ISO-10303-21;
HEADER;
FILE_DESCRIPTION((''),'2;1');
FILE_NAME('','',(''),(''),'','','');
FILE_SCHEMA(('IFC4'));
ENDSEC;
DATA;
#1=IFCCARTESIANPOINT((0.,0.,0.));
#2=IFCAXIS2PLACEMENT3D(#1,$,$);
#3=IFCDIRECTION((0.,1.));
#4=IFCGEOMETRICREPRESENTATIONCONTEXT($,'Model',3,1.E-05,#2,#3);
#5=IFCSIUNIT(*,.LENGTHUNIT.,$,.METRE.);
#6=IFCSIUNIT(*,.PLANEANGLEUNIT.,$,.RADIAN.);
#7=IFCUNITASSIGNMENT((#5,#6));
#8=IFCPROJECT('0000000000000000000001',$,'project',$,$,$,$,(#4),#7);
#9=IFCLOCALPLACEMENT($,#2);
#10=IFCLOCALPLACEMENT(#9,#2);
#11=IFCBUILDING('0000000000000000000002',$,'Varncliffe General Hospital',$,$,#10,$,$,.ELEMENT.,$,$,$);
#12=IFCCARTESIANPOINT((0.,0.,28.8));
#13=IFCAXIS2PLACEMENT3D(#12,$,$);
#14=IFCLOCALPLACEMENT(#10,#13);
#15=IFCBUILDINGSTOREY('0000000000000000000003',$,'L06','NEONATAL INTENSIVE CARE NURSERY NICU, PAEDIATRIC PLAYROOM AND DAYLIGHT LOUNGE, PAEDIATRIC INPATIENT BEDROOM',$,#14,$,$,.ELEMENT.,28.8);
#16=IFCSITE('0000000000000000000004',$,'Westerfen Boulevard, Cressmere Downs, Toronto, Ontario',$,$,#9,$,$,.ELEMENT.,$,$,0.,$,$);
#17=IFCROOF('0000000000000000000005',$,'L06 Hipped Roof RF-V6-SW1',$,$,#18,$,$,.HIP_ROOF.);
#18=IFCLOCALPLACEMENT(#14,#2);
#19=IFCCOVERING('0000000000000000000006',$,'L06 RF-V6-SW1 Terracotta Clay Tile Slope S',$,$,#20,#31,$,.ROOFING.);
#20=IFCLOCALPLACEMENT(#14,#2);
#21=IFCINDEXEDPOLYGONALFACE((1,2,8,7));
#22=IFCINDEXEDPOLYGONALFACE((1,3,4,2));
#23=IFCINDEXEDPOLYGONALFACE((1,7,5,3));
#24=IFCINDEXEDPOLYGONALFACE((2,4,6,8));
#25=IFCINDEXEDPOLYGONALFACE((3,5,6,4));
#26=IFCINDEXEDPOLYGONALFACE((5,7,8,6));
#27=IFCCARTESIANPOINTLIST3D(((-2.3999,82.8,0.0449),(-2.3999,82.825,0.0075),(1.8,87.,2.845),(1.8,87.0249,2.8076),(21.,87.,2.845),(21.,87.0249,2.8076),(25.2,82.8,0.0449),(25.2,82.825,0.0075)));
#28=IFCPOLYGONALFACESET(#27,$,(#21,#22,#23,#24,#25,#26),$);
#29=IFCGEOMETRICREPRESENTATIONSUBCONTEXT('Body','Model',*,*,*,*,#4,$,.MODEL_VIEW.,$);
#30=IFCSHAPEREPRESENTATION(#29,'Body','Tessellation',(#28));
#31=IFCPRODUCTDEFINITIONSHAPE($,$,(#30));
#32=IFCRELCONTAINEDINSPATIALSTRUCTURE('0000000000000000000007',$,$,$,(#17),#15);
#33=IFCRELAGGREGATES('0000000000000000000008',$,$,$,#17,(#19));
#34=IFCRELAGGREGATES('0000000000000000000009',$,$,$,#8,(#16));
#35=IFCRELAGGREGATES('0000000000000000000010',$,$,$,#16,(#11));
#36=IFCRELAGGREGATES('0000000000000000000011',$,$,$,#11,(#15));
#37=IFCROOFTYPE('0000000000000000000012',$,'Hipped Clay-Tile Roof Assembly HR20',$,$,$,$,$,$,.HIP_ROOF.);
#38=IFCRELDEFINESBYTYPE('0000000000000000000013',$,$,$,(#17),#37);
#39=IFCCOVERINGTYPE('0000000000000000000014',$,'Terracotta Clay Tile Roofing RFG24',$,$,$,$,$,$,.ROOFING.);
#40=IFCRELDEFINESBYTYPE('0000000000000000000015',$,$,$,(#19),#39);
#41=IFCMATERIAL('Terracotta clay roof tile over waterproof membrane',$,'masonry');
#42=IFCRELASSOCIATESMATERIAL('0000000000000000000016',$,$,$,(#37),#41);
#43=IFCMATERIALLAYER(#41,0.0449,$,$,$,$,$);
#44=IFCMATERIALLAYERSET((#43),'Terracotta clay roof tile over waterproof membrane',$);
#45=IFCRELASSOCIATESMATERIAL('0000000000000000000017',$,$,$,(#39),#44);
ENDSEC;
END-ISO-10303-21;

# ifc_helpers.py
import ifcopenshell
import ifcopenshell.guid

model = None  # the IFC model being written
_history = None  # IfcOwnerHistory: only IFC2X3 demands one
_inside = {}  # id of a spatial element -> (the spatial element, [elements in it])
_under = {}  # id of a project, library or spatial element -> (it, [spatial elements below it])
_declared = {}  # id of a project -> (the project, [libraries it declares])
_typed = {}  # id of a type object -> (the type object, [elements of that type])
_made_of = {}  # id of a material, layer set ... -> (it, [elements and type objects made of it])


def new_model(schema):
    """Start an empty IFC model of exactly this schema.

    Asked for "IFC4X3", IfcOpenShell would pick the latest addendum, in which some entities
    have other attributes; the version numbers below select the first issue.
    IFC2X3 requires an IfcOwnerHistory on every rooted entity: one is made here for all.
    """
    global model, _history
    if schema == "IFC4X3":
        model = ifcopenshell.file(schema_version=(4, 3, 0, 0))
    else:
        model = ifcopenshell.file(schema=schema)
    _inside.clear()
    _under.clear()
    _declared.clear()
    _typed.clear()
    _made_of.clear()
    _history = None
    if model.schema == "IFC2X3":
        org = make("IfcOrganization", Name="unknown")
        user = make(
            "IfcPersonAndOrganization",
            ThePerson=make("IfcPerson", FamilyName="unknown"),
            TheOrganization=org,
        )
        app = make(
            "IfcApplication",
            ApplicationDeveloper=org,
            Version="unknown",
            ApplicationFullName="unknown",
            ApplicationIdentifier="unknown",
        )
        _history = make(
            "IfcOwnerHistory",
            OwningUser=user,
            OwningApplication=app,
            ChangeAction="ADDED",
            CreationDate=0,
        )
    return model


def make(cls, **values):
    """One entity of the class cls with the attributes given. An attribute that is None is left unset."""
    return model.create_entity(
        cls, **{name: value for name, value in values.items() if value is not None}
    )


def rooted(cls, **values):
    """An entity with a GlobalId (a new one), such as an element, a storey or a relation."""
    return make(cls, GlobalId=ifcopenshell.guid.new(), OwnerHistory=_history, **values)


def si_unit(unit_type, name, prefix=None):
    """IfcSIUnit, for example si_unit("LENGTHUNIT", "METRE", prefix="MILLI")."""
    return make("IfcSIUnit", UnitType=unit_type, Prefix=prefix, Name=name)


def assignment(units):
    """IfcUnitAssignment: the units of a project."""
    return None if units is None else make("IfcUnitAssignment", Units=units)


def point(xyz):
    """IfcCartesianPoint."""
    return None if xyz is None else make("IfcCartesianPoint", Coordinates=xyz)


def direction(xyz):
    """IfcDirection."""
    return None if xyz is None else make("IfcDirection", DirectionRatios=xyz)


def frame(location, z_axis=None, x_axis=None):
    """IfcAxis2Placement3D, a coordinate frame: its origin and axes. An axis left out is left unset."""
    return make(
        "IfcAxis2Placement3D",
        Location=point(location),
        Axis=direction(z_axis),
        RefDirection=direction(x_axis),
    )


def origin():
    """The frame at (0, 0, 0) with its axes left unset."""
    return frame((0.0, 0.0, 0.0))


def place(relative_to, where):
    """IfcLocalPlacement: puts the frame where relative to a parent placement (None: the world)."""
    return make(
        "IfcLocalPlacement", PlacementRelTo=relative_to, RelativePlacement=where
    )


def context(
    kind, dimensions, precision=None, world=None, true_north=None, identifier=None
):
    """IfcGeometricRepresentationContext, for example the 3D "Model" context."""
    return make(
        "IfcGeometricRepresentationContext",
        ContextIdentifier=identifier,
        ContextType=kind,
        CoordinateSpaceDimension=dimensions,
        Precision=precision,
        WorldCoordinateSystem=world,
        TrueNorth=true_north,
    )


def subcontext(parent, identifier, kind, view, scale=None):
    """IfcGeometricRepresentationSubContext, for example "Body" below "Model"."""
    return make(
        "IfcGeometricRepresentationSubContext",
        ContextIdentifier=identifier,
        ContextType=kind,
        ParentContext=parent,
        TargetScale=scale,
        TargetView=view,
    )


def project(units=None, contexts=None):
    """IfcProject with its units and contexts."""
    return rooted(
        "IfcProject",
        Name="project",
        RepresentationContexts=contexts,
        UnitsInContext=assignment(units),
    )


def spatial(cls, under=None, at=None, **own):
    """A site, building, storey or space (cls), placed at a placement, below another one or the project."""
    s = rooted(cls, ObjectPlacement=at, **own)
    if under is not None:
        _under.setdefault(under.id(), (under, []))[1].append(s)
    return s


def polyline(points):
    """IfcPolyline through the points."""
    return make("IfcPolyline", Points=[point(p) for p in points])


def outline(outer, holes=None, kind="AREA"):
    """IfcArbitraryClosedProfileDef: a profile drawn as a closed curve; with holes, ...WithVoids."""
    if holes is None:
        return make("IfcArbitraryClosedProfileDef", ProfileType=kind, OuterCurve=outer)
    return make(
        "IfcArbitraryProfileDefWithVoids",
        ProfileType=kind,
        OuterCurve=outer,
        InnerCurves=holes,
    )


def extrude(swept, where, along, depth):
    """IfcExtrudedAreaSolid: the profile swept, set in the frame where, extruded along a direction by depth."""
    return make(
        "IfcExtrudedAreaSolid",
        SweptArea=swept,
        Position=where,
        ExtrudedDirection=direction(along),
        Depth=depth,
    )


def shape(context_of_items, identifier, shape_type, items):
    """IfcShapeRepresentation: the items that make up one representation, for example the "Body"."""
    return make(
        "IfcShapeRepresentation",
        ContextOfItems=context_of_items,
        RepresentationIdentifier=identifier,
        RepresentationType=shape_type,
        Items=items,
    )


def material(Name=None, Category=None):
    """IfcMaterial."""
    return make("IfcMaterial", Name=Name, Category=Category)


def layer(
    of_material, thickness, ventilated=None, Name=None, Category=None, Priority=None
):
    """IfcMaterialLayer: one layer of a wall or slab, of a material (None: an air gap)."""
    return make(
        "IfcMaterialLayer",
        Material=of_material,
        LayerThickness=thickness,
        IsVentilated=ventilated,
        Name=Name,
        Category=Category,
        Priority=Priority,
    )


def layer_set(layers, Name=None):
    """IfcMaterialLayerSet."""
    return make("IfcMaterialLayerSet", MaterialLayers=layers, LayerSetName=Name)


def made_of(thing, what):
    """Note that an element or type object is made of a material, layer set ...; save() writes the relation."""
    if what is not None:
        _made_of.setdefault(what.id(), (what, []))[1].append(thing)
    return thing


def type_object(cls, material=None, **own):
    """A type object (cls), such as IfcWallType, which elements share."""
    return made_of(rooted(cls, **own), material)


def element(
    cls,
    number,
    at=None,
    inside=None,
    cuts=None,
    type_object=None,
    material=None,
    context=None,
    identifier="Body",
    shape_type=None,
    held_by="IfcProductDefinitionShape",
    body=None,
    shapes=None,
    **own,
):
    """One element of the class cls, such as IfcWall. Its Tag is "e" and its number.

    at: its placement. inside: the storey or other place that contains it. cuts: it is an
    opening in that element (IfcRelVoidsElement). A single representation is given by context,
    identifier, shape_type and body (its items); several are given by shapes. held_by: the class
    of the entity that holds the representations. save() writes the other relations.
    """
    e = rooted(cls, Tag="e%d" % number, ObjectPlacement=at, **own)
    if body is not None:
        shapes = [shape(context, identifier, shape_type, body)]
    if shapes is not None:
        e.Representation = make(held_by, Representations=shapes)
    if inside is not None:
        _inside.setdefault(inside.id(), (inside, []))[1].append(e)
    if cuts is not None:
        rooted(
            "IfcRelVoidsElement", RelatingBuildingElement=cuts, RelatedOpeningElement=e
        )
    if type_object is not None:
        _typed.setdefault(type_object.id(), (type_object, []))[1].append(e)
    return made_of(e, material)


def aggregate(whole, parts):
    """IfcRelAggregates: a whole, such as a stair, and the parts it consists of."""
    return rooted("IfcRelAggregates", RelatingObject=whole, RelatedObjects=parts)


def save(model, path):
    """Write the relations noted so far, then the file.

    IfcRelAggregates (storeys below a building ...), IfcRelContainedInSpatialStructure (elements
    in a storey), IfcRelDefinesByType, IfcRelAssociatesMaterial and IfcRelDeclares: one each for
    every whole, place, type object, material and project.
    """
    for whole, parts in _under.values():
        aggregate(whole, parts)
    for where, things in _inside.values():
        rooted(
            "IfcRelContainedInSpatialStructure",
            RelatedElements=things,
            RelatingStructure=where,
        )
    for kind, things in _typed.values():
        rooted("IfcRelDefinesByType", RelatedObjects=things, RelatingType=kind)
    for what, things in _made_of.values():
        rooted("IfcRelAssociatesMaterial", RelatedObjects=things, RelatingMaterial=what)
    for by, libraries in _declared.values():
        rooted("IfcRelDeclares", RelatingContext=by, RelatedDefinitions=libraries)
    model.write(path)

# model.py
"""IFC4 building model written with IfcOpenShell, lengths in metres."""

from ifc_helpers import new_model, si_unit, direction, frame, origin, place, context, subcontext, project, spatial, polyline, outline, extrude, material, layer, layer_set, type_object, element, aggregate, save


model = new_model("IFC4")

# Units and contexts
model_context = context("Model", 3, precision=1e-05, world=origin(), true_north=direction((0.0, 1.0)))
body_context = subcontext(model_context, "Body", "Model", "MODEL_VIEW")
ifc_project = project(units=[si_unit("LENGTHUNIT", "METRE"), si_unit("PLANEANGLEUNIT", "RADIAN")], contexts=[model_context])

# Site, building, storey
site_placement = place(None, origin())
site = spatial("IfcSite", under=ifc_project, at=site_placement, Name="Westerfen Boulevard, Cressmere Downs, Toronto, Ontario", CompositionType="ELEMENT", RefElevation=0.0)
building_placement = place(site_placement, origin())
building = spatial("IfcBuilding", under=site, at=building_placement, Name="Varncliffe General Hospital", CompositionType="ELEMENT")
storey_placement = place(building_placement, frame((0.0, 0.0, 28.8)))
storey = spatial("IfcBuildingStorey", under=building, at=storey_placement, Name="L06", Description="NEONATAL INTENSIVE CARE NURSERY NICU, PAEDIATRIC PLAYROOM AND DAYLIGHT LOUNGE, PAEDIATRIC INPATIENT BEDROOM", CompositionType="ELEMENT", Elevation=28.8)

# Roof, covering
ifc_material_1 = material(Name="Terracotta clay roof tile over waterproof membrane", Category="masonry")
roof_type = type_object("IfcRoofType", Name="Hipped Clay-Tile Roof Assembly HR20", PredefinedType="HIP_ROOF", material=ifc_material_1)
roof_placement = place(storey_placement, origin())
roof = element("IfcRoof", 1, at=roof_placement, inside=storey, type_object=roof_type, Name="L06 Hipped Roof RF-V6-SW1", PredefinedType="HIP_ROOF")
ifc_layer_1 = layer(ifc_material_1, 0.0449)
ifc_layer_set_1 = layer_set([ifc_layer_1], Name="Terracotta clay roof tile over waterproof membrane")
covering_type = type_object("IfcCoveringType", Name="Terracotta Clay Tile Roofing RFG24", PredefinedType="ROOFING", material=ifc_layer_set_1)
covering_placement = place(storey_placement, frame((-2.3999, 82.8, 0.0449), z_axis=(0.0, -0.554711, 0.832043), x_axis=(1.0, 0.0, 0.0)))
covering = element("IfcCovering", 2, at=covering_placement, type_object=covering_type, Name="L06 RF-V6-SW1 Terracotta Clay Tile Slope S", PredefinedType="ROOFING", context=body_context, shape_type="SweptSolid", body=[
    extrude(outline(polyline([(0.0, 0.0), (27.5999, 0.0), (23.3999, 5.0478), (4.2, 5.0478), (0.0, 0.0)])), origin(), (0.0, 0.0, -1.0), 0.0449),
])
aggregate(roof, [covering])

save(model, "model.ifc")
